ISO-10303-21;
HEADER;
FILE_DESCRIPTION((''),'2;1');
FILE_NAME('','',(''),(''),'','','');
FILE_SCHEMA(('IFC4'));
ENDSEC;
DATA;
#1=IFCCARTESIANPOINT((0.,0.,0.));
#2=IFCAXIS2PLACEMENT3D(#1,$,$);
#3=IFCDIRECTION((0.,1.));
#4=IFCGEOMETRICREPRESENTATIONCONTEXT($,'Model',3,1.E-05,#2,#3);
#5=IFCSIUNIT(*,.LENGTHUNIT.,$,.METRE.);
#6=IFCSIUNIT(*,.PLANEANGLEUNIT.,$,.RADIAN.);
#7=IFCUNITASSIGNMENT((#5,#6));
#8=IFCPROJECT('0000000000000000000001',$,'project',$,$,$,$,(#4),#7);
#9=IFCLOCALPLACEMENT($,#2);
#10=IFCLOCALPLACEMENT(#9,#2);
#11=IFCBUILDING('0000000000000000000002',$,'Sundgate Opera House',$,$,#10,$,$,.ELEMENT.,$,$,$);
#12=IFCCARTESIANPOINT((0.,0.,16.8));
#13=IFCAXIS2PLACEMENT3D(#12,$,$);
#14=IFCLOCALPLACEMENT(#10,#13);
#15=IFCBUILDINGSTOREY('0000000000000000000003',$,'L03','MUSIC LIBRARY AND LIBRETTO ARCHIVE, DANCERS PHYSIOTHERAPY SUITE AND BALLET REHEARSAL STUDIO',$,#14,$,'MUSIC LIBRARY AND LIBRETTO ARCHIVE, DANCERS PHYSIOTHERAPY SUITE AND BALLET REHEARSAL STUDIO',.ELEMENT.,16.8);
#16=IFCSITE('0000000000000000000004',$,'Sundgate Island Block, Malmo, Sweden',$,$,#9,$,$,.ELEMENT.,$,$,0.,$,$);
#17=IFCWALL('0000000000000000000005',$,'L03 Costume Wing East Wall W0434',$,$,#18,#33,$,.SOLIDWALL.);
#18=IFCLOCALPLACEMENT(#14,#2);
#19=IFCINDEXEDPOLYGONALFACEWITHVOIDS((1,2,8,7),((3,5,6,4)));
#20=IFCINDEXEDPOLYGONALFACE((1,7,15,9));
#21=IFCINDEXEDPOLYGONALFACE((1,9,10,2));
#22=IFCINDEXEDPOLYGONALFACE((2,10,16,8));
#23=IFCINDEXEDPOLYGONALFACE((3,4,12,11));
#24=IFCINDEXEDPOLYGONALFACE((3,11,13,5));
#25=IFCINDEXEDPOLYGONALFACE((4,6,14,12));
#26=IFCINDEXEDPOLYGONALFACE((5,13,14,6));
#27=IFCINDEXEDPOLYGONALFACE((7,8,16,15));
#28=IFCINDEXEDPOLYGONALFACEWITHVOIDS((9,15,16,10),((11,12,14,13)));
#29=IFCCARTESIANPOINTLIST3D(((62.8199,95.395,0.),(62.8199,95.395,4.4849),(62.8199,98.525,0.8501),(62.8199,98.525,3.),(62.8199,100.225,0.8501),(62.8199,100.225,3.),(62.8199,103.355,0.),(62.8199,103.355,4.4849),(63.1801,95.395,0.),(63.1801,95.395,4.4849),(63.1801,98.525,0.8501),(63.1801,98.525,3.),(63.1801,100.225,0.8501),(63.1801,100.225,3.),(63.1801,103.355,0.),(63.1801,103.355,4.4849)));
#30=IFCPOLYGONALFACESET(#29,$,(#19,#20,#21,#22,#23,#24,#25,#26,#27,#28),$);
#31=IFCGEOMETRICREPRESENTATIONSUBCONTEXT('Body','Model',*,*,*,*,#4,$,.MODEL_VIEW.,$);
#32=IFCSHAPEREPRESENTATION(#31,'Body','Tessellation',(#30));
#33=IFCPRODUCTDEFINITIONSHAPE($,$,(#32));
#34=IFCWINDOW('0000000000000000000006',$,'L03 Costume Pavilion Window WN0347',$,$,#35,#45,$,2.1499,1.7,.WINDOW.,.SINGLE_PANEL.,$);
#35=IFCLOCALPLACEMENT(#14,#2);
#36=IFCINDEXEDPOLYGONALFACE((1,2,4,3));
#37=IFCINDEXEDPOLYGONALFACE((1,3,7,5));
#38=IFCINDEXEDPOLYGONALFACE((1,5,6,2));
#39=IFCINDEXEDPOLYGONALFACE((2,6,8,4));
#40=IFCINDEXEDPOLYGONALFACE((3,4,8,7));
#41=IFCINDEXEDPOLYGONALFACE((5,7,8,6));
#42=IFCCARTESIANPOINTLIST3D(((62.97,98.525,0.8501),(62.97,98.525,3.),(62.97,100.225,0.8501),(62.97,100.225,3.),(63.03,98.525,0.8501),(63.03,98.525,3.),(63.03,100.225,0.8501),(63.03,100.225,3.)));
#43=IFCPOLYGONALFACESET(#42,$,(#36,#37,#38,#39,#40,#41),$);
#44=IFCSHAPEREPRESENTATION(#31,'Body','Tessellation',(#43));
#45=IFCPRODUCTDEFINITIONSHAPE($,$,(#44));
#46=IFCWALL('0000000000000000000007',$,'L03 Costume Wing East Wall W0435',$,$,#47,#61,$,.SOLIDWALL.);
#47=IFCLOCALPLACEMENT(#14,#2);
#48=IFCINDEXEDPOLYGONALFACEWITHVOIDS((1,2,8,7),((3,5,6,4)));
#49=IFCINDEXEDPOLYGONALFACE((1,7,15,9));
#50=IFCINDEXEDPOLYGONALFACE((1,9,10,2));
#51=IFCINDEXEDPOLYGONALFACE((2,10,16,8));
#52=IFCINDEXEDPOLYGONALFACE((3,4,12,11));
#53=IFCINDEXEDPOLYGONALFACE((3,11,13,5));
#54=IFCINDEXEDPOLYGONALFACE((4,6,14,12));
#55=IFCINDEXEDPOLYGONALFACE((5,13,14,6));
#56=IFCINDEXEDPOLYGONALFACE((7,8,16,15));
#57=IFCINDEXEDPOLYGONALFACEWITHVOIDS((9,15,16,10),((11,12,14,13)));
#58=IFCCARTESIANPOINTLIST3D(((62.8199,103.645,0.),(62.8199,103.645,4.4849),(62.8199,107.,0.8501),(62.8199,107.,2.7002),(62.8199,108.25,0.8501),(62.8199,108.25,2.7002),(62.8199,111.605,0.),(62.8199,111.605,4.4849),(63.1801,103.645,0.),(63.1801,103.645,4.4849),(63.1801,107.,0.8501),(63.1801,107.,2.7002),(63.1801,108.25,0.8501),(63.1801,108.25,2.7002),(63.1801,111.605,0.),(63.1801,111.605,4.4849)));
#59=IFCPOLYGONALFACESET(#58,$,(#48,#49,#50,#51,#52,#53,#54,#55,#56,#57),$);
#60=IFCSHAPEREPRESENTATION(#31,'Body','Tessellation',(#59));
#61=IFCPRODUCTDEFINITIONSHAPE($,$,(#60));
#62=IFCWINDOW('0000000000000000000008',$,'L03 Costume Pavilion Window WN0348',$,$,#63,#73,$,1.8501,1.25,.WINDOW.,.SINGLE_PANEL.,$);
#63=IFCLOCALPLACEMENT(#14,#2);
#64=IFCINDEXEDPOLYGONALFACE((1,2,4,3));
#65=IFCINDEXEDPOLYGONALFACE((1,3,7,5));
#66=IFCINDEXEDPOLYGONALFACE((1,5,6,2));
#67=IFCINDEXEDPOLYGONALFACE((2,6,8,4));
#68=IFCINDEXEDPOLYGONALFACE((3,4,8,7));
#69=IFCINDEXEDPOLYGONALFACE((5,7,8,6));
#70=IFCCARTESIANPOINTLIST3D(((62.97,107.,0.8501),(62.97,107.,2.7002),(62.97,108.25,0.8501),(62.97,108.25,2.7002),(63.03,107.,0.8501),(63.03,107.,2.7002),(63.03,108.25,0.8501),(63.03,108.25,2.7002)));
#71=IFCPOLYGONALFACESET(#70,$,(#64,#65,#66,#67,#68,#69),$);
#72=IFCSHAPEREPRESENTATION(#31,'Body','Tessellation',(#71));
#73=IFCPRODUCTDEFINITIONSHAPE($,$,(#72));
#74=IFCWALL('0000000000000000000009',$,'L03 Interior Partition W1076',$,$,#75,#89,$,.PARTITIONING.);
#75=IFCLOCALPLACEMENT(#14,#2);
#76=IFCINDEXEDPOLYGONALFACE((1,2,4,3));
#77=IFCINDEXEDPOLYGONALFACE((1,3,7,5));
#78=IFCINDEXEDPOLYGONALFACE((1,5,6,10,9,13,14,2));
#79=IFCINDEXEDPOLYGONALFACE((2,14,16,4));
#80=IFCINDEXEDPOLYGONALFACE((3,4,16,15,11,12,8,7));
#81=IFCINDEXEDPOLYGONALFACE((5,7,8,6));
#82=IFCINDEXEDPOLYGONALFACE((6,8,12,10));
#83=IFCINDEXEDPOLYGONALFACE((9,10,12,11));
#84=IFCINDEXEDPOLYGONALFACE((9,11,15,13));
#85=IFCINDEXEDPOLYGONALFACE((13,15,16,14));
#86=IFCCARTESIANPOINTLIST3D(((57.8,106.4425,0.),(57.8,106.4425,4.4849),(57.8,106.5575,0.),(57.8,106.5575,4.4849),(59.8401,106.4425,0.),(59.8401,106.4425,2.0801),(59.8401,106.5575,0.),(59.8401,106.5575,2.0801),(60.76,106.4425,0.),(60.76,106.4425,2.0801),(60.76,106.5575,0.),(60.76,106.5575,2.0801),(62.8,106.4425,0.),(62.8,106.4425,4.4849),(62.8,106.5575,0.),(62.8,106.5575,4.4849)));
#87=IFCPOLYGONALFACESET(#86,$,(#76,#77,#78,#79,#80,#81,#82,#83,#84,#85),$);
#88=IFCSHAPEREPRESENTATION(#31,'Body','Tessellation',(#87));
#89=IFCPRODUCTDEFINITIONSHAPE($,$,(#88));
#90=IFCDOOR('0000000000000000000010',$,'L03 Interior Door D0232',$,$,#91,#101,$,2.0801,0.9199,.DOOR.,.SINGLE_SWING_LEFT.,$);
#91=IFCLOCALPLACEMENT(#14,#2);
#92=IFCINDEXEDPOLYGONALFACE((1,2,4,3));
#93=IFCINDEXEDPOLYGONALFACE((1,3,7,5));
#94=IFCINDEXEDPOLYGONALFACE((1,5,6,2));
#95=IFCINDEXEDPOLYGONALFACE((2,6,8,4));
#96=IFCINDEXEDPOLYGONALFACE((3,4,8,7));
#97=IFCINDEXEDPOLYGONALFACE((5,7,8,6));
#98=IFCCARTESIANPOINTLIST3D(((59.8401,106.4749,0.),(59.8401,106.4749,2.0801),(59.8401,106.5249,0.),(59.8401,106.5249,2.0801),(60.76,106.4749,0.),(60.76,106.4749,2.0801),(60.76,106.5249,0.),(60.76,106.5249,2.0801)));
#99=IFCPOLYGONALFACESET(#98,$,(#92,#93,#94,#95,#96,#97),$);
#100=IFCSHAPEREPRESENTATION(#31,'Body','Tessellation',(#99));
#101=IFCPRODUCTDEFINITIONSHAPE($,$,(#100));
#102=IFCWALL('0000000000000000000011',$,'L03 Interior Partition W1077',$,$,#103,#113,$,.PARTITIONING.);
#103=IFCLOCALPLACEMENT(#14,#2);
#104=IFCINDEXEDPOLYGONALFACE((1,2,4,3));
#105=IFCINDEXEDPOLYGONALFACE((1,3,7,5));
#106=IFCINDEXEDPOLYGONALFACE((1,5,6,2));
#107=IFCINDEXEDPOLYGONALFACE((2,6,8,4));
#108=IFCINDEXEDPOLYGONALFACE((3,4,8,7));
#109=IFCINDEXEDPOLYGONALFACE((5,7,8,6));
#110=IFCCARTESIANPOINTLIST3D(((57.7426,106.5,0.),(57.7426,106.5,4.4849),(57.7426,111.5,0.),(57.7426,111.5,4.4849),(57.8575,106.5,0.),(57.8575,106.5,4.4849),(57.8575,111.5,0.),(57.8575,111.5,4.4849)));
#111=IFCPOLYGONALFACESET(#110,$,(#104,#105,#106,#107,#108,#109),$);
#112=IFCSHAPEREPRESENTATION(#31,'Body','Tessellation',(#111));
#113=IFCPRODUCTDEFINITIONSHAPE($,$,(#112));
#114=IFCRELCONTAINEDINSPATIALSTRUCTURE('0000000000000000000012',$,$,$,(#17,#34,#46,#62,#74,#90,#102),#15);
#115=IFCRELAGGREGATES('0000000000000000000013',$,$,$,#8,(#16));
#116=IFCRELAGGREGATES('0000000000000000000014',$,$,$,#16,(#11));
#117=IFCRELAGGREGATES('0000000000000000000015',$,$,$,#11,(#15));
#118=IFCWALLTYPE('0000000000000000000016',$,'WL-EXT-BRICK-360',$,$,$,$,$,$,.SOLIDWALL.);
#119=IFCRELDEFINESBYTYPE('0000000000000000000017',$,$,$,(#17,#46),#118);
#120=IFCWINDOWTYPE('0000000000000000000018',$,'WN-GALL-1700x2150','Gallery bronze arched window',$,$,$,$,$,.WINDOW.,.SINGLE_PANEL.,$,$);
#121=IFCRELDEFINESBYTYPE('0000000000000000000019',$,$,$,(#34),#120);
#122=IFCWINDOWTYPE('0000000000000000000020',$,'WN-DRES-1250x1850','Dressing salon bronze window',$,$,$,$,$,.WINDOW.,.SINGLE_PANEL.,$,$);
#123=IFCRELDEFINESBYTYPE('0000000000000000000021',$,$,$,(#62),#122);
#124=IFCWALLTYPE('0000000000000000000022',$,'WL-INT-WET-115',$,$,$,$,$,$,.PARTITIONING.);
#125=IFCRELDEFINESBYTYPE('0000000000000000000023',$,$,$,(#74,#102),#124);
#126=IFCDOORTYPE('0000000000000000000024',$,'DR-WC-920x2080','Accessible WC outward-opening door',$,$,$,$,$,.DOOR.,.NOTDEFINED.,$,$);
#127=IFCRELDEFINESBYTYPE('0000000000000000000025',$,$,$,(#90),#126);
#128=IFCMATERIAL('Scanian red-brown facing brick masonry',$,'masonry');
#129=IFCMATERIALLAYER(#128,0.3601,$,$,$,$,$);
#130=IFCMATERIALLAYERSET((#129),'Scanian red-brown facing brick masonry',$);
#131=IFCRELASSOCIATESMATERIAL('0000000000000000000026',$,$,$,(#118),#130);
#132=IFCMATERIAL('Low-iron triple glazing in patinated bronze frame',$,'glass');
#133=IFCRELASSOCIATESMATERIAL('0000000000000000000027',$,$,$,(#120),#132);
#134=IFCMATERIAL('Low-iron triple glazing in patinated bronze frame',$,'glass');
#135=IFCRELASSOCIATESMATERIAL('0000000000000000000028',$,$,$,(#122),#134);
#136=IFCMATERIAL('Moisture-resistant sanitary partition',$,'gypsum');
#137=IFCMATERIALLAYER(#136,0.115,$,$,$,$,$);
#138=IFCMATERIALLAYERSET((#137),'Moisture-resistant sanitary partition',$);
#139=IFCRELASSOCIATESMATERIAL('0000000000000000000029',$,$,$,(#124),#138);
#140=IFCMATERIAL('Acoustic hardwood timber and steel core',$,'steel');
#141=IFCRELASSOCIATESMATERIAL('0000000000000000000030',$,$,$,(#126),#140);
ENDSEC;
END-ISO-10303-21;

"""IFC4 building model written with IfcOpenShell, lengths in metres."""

from ifc_helpers import new_model, si_unit, direction, frame, frame_2d, origin, place, context, subcontext, project, spatial, rectangle, extrude, material, layer, layer_set, type_object, element, fill, save


model = new_model("IFC4")

# Units and contexts
model_context = context("Model", 3, precision=1e-05, world=origin(), true_north=direction((0.0, 1.0)))
body_context = subcontext(model_context, "Body", "Model", "MODEL_VIEW")
ifc_project = project(units=[si_unit("LENGTHUNIT", "METRE"), si_unit("PLANEANGLEUNIT", "RADIAN")], contexts=[model_context])

# Site, building, storey
site_placement = place(None, origin())
site = spatial("IfcSite", under=ifc_project, at=site_placement, Name="Sundgate Island Block, Malmo, Sweden", CompositionType="ELEMENT", RefElevation=0.0)
building_placement = place(site_placement, origin())
building = spatial("IfcBuilding", under=site, at=building_placement, Name="Sundgate Opera House", CompositionType="ELEMENT")
storey_placement = place(building_placement, frame((0.0, 0.0, 16.8)))
storey = spatial("IfcBuildingStorey", under=building, at=storey_placement, Name="L03", Description="MUSIC LIBRARY AND LIBRETTO ARCHIVE, DANCERS PHYSIOTHERAPY SUITE AND BALLET REHEARSAL STUDIO", LongName="MUSIC LIBRARY AND LIBRETTO ARCHIVE, DANCERS PHYSIOTHERAPY SUITE AND BALLET REHEARSAL STUDIO", CompositionType="ELEMENT", Elevation=16.8)

# Walls, openings, windows
ifc_material_1 = material(Name="Scanian red-brown facing brick masonry", Category="masonry")
ifc_layer_1 = layer(ifc_material_1, 0.3601)
ifc_layer_set_1 = layer_set([ifc_layer_1], Name="Scanian red-brown facing brick masonry")
wall_type_1 = type_object("IfcWallType", Name="WL-EXT-BRICK-360", PredefinedType="SOLIDWALL", material=ifc_layer_set_1)
wall_1_placement = place(storey_placement, frame((63.0, 95.395, 0.0), z_axis=(0.0, 0.0, 1.0), x_axis=(0.0, 1.0, 0.0)))
wall_1 = element("IfcWall", 1, at=wall_1_placement, inside=storey, type_object=wall_type_1, Name="L03 Costume Wing East Wall W0434", PredefinedType="SOLIDWALL", context=body_context, shape_type="SweptSolid", body=[
    extrude(rectangle(XDim=7.96, YDim=0.3601, at=frame_2d((3.98, 0.0))), origin(), (0.0, 0.0, 1.0), 4.4849),
])
opening_1_placement = place(wall_1_placement, frame((3.1299, 0.0, 0.8501)))
opening_1 = element("IfcOpeningElement", 2, at=opening_1_placement, cuts=wall_1, PredefinedType="OPENING", context=body_context, shape_type="SweptSolid", body=[
    extrude(rectangle(XDim=1.7, YDim=2.1499, at=frame_2d((0.8501, 1.075))), frame((0.0, 0.1899, 0.0), z_axis=(0.0, -1.0, 0.0), x_axis=(1.0, 0.0, 0.0)), (0.0, 0.0, 1.0), 0.3801),
])
ifc_material_2 = material(Name="Low-iron triple glazing in patinated bronze frame", Category="glass")
window_type_1 = type_object("IfcWindowType", Name="WN-GALL-1700x2150", Description="Gallery bronze arched window", PartitioningType="SINGLE_PANEL", PredefinedType="WINDOW", material=ifc_material_2)
window_1_placement = place(opening_1_placement, origin())
window_1 = element("IfcWindow", 3, at=window_1_placement, inside=storey, type_object=window_type_1, Name="L03 Costume Pavilion Window WN0347", OverallHeight=2.1499, OverallWidth=1.7, PartitioningType="SINGLE_PANEL", PredefinedType="WINDOW", context=body_context, shape_type="SweptSolid", body=[
    extrude(rectangle(XDim=1.7, YDim=2.1499, at=frame_2d((0.8501, 1.075))), frame((0.0, 0.03, 0.0), z_axis=(0.0, -1.0, 0.0), x_axis=(1.0, 0.0, 0.0)), (0.0, 0.0, 1.0), 0.0601),
])
fill(opening_1, window_1)
wall_2_placement = place(storey_placement, frame((63.0, 103.645, 0.0), z_axis=(0.0, 0.0, 1.0), x_axis=(0.0, 1.0, 0.0)))
wall_2 = element("IfcWall", 4, at=wall_2_placement, inside=storey, type_object=wall_type_1, Name="L03 Costume Wing East Wall W0435", PredefinedType="SOLIDWALL", context=body_context, shape_type="SweptSolid", body=[
    extrude(rectangle(XDim=7.96, YDim=0.3601, at=frame_2d((3.98, 0.0))), origin(), (0.0, 0.0, 1.0), 4.4849),
])
opening_2_placement = place(wall_2_placement, frame((3.355, 0.0, 0.8501)))
opening_2 = element("IfcOpeningElement", 5, at=opening_2_placement, cuts=wall_2, PredefinedType="OPENING", context=body_context, shape_type="SweptSolid", body=[
    extrude(rectangle(XDim=1.25, YDim=1.8501, at=frame_2d((0.625, 0.925))), frame((0.0, 0.1899, 0.0), z_axis=(0.0, -1.0, 0.0), x_axis=(1.0, 0.0, 0.0)), (0.0, 0.0, 1.0), 0.3801),
])
ifc_material_3 = material(Name="Low-iron triple glazing in patinated bronze frame", Category="glass")
window_type_2 = type_object("IfcWindowType", Name="WN-DRES-1250x1850", Description="Dressing salon bronze window", PartitioningType="SINGLE_PANEL", PredefinedType="WINDOW", material=ifc_material_3)
window_2_placement = place(opening_2_placement, origin())
window_2 = element("IfcWindow", 6, at=window_2_placement, inside=storey, type_object=window_type_2, Name="L03 Costume Pavilion Window WN0348", OverallHeight=1.8501, OverallWidth=1.25, PartitioningType="SINGLE_PANEL", PredefinedType="WINDOW", context=body_context, shape_type="SweptSolid", body=[
    extrude(rectangle(XDim=1.25, YDim=1.8501, at=frame_2d((0.625, 0.925))), frame((0.0, 0.03, 0.0), z_axis=(0.0, -1.0, 0.0), x_axis=(1.0, 0.0, 0.0)), (0.0, 0.0, 1.0), 0.0601),
])
fill(opening_2, window_2)

# Wall, opening, door
ifc_material_4 = material(Name="Moisture-resistant sanitary partition", Category="gypsum")
ifc_layer_2 = layer(ifc_material_4, 0.115)
ifc_layer_set_2 = layer_set([ifc_layer_2], Name="Moisture-resistant sanitary partition")
wall_type_2 = type_object("IfcWallType", Name="WL-INT-WET-115", PredefinedType="PARTITIONING", material=ifc_layer_set_2)
wall_3_placement = place(storey_placement, frame((57.8, 106.5, 0.0), z_axis=(0.0, 0.0, 1.0), x_axis=(1.0, 0.0, 0.0)))
wall_3 = element("IfcWall", 7, at=wall_3_placement, inside=storey, type_object=wall_type_2, Name="L03 Interior Partition W1076", PredefinedType="PARTITIONING", context=body_context, shape_type="SweptSolid", body=[
    extrude(rectangle(XDim=5.0, YDim=0.115, at=frame_2d((2.5, 0.0))), origin(), (0.0, 0.0, 1.0), 4.4849),
])
opening_3_placement = place(wall_3_placement, frame((2.04, 0.0, 0.0)))
opening_3 = element("IfcOpeningElement", 8, at=opening_3_placement, cuts=wall_3, PredefinedType="OPENING", context=body_context, shape_type="SweptSolid", body=[
    extrude(rectangle(XDim=0.9199, YDim=2.0801, at=frame_2d((0.46, 1.04))), frame((0.0, 0.0674, 0.0), z_axis=(0.0, -1.0, 0.0), x_axis=(1.0, 0.0, 0.0)), (0.0, 0.0, 1.0), 0.135),
])
ifc_material_5 = material(Name="Acoustic hardwood timber and steel core", Category="steel")
door_type = type_object("IfcDoorType", Name="DR-WC-920x2080", Description="Accessible WC outward-opening door", OperationType="NOTDEFINED", PredefinedType="DOOR", material=ifc_material_5)
door_placement = place(opening_3_placement, origin())
door = element("IfcDoor", 9, at=door_placement, inside=storey, type_object=door_type, Name="L03 Interior Door D0232", OperationType="SINGLE_SWING_LEFT", OverallHeight=2.0801, OverallWidth=0.9199, PredefinedType="DOOR", context=body_context, shape_type="SweptSolid", body=[
    extrude(rectangle(XDim=0.9199, YDim=2.0801, at=frame_2d((0.46, 1.04))), frame((0.0, 0.0249, 0.0), z_axis=(0.0, -1.0, 0.0), x_axis=(1.0, 0.0, 0.0)), (0.0, 0.0, 1.0), 0.05),
])
fill(opening_3, door)

# Wall
wall_4_placement = place(storey_placement, frame((57.8, 106.5, 0.0), z_axis=(0.0, 0.0, 1.0), x_axis=(0.0, 1.0, 0.0)))
element("IfcWall", 10, at=wall_4_placement, inside=storey, type_object=wall_type_2, Name="L03 Interior Partition W1077", PredefinedType="PARTITIONING", context=body_context, shape_type="SweptSolid", body=[
    extrude(rectangle(XDim=5.0, YDim=0.115, at=frame_2d((2.5, 0.0))), origin(), (0.0, 0.0, 1.0), 4.4849),
])

save(model, "model.ifc")
